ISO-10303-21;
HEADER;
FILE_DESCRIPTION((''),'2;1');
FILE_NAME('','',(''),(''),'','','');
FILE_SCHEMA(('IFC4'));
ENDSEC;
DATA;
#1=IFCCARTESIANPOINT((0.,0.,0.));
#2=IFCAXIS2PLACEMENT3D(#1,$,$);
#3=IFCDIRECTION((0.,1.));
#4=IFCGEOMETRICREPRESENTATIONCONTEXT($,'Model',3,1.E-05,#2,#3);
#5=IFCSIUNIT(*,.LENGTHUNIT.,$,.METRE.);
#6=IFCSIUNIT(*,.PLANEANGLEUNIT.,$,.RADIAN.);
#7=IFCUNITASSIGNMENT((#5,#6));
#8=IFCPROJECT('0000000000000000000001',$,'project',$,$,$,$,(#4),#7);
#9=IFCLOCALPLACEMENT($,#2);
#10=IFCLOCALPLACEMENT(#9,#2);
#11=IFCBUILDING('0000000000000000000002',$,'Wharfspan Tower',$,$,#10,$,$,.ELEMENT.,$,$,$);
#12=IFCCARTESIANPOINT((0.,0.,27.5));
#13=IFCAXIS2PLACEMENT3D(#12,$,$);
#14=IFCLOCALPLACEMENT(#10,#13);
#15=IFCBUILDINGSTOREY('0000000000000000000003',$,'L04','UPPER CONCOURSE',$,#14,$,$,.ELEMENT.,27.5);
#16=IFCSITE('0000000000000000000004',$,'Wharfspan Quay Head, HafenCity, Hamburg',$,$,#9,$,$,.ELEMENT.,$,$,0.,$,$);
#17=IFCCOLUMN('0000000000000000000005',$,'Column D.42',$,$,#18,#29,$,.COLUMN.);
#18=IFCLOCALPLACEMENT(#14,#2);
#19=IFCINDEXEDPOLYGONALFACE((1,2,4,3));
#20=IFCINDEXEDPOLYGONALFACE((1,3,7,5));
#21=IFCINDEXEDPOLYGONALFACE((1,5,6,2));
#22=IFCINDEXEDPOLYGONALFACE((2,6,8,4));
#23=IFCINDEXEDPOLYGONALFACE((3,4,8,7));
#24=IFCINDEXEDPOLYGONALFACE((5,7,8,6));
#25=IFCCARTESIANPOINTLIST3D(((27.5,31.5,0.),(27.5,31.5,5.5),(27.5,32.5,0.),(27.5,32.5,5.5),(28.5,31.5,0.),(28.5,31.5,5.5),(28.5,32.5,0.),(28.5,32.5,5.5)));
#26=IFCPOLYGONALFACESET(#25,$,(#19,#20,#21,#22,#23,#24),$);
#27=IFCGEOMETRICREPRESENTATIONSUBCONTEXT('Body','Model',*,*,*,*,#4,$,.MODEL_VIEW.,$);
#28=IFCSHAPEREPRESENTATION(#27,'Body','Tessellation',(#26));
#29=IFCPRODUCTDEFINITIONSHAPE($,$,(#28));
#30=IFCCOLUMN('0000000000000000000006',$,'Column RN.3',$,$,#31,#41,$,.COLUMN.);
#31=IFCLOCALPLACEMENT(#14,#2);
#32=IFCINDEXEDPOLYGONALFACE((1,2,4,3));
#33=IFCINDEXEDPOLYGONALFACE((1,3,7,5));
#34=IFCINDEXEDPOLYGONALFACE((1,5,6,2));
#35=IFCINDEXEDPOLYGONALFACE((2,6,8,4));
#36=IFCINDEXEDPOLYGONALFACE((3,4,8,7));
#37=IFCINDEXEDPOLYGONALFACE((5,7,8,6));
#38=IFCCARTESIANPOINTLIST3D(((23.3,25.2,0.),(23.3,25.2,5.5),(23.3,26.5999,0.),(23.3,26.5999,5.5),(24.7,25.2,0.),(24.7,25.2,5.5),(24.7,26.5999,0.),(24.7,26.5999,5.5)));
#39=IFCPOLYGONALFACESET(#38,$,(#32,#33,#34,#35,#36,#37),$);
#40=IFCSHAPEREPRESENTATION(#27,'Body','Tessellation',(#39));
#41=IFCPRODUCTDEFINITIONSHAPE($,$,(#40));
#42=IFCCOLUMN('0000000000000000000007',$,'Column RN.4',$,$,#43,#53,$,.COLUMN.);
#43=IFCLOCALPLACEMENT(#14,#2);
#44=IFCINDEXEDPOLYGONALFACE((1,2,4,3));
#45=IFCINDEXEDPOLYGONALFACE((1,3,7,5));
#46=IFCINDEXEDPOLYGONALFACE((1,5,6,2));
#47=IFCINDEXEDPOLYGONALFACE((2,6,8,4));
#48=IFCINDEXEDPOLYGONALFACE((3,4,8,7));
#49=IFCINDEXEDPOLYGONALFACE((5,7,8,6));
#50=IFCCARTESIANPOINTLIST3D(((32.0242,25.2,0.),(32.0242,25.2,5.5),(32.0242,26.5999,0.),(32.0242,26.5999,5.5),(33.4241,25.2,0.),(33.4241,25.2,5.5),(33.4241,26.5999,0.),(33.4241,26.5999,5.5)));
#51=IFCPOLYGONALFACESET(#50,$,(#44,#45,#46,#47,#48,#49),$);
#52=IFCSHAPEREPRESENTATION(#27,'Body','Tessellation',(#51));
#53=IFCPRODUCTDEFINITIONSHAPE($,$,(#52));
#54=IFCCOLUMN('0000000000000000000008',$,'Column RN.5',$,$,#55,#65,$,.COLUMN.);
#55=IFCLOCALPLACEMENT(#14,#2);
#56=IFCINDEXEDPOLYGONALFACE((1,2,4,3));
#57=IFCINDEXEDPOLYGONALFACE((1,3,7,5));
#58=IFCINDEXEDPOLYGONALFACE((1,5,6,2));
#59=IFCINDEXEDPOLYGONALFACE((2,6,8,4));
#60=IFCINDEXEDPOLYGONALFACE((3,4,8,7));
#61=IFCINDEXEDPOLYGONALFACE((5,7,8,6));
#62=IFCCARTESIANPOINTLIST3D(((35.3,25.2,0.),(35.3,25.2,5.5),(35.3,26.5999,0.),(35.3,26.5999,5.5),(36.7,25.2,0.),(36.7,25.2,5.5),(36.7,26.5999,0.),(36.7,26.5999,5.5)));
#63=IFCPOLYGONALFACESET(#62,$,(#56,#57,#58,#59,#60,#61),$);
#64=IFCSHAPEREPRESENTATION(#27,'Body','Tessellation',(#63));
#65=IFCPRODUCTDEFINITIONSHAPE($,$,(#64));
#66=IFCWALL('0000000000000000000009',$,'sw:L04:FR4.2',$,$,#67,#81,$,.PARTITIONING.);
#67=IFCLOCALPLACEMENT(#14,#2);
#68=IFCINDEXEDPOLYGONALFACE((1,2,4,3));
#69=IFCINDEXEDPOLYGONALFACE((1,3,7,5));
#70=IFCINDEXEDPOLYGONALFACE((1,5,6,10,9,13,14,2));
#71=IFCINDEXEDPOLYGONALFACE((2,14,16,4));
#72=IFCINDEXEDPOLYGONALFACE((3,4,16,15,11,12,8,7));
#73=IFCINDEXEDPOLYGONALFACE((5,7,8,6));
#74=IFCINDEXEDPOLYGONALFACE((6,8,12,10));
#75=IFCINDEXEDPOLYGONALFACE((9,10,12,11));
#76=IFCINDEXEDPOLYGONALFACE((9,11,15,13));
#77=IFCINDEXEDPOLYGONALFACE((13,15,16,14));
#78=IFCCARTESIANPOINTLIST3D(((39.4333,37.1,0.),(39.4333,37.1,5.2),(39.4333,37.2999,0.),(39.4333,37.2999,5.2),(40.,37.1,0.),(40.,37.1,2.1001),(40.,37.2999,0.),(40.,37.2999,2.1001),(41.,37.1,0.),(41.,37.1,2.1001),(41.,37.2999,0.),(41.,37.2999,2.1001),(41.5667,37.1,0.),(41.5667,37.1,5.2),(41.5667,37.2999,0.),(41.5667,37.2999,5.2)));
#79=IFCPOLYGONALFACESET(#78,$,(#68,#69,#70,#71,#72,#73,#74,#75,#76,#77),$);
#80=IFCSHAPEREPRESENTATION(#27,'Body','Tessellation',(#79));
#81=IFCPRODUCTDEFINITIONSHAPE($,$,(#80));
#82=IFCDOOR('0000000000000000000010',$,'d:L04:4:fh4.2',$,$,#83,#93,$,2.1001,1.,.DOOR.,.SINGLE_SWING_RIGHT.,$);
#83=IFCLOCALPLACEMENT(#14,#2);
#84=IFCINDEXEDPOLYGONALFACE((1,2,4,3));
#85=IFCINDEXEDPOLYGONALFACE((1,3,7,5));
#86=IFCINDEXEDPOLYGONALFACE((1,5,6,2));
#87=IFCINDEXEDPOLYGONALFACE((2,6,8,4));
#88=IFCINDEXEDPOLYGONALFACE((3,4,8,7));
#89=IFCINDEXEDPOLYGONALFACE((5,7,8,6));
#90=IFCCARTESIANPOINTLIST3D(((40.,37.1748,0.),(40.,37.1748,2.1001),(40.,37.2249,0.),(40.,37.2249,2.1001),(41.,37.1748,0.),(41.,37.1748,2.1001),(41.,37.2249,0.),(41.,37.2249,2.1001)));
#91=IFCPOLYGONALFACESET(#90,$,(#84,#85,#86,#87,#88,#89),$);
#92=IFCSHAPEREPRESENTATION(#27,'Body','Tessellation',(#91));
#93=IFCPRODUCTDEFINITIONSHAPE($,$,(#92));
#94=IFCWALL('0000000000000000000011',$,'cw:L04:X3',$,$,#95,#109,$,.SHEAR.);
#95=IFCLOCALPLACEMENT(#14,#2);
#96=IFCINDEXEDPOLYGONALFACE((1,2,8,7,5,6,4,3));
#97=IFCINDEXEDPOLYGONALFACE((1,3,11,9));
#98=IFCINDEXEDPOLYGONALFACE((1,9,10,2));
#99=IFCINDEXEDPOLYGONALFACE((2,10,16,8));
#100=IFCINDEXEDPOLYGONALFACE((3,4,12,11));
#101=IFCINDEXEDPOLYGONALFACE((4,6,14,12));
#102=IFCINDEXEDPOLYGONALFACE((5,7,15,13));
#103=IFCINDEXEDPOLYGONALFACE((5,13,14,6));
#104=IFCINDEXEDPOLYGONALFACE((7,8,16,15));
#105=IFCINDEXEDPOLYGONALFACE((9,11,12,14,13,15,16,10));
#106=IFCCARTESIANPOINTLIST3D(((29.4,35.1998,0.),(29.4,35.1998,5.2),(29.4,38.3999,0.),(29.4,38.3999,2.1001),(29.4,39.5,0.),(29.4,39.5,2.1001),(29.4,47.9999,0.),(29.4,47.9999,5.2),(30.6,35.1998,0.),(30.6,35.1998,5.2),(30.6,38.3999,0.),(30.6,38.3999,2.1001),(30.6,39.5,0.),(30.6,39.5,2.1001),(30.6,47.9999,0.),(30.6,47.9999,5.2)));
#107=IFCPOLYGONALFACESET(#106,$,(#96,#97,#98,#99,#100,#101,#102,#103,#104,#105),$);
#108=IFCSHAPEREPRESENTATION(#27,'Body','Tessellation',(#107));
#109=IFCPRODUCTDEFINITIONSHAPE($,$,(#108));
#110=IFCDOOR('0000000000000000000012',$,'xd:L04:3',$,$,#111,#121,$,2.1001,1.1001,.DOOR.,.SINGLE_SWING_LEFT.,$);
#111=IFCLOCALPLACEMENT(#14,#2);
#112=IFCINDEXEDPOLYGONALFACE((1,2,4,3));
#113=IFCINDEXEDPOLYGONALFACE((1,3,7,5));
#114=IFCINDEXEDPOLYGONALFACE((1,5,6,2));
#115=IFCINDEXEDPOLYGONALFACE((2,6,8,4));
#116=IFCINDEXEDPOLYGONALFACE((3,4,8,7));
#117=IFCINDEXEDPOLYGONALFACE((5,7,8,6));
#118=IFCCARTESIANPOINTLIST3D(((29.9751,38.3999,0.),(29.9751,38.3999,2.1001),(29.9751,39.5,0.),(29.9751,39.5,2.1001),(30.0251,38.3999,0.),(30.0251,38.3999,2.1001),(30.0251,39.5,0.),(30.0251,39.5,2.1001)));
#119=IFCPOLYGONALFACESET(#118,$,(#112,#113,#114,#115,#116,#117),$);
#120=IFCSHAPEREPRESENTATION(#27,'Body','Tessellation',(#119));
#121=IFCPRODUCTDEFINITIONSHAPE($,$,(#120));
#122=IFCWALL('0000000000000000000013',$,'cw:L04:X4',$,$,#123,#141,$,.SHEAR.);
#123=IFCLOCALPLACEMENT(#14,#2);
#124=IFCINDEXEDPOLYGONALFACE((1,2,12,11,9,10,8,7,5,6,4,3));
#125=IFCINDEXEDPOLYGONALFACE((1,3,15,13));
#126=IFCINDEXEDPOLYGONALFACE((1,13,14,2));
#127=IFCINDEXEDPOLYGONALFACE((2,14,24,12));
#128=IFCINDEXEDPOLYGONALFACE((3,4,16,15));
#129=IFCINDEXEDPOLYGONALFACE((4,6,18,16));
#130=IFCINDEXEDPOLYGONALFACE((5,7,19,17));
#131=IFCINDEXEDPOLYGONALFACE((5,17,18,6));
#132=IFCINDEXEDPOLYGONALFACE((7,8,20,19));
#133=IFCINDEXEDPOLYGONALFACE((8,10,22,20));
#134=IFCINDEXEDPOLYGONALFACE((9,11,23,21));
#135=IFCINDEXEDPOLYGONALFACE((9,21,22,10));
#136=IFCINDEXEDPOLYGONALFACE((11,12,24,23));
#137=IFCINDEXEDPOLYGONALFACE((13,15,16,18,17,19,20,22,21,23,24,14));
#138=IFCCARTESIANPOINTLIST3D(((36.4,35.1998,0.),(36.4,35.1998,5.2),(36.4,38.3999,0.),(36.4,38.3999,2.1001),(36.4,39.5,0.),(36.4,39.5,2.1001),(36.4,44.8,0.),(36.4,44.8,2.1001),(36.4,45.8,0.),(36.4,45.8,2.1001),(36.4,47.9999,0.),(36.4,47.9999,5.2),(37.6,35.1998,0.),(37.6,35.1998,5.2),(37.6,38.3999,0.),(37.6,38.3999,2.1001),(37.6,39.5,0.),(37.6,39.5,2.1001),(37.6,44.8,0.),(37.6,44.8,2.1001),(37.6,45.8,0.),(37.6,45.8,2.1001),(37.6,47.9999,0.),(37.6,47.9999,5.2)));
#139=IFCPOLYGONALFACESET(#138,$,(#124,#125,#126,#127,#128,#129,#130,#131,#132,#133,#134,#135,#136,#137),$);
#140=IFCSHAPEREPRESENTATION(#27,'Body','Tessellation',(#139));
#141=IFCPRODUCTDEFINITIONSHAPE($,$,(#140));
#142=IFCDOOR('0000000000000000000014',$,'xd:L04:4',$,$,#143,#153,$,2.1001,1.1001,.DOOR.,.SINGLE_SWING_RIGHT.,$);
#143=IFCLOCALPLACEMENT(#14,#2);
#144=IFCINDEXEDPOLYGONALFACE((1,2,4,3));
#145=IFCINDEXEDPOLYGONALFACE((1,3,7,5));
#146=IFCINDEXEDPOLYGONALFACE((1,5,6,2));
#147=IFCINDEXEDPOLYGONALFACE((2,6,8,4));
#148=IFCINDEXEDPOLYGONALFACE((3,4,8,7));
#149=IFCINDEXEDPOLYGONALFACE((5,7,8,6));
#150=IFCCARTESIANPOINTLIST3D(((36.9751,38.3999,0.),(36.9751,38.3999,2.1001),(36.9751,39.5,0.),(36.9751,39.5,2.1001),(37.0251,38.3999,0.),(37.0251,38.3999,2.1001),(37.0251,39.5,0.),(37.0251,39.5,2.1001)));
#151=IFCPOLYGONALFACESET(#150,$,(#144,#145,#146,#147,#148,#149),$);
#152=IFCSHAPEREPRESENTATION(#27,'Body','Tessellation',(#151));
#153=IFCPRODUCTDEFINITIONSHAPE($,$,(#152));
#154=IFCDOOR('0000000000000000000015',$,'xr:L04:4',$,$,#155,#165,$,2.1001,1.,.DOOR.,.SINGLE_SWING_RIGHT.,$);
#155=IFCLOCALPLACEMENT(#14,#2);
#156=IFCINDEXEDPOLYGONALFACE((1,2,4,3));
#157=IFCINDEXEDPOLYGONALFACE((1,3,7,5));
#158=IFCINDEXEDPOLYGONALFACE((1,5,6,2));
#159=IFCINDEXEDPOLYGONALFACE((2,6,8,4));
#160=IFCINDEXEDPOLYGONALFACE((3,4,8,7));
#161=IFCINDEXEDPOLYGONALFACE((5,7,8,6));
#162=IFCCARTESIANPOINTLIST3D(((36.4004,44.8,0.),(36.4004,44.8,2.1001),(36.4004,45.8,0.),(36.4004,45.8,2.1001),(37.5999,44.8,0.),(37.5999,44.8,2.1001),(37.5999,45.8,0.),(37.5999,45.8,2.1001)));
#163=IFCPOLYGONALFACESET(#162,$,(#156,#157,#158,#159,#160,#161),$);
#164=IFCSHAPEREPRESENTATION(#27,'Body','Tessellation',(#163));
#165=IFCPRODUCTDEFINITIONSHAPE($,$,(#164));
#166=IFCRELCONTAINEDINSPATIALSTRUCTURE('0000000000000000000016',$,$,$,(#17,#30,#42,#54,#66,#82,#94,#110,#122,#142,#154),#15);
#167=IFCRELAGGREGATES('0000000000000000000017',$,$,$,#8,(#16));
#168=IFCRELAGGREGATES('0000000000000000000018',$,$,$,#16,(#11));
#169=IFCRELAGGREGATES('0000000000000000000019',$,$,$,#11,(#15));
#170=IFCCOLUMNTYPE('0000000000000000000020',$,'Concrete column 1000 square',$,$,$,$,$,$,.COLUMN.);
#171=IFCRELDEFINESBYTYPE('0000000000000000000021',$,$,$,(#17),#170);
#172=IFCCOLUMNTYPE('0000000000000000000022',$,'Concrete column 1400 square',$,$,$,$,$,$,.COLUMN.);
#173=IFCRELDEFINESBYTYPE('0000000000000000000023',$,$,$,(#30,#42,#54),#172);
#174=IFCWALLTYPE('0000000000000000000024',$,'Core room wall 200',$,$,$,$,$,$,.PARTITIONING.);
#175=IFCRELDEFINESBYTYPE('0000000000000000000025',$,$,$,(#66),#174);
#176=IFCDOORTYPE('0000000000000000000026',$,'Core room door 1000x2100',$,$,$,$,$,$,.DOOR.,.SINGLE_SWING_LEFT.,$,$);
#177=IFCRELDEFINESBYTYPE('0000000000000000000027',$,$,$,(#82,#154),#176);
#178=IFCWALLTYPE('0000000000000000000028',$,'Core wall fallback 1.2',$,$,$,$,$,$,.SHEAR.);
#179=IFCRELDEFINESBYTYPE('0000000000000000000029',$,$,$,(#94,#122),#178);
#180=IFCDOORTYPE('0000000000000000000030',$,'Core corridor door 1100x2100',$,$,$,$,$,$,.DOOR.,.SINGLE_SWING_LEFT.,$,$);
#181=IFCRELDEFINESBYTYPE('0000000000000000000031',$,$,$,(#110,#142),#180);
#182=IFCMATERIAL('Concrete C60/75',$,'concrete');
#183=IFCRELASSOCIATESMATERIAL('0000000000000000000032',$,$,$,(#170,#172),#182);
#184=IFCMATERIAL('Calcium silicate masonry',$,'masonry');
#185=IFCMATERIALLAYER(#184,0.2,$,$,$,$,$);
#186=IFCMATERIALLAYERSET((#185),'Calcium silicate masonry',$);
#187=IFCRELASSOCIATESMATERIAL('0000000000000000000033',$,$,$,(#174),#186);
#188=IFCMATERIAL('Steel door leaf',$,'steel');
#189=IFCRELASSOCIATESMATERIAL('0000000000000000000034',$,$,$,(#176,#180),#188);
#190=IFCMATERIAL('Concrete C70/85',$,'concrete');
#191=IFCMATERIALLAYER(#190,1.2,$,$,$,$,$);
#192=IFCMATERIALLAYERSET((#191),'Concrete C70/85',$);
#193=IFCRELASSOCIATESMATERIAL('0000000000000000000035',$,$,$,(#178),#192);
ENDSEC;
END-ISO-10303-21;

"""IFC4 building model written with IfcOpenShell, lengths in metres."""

from ifc_helpers import new_model, si_unit, direction, frame, frame_2d, origin, origin_2d, place, context, subcontext, project, spatial, rectangle, extrude, material, layer, layer_set, material_profile, profile_set, type_object, element, fill, save


model = new_model("IFC4")

# Units and contexts
model_context = context("Model", 3, precision=1e-05, world=origin(), true_north=direction((0.0, 1.0)))
body_context = subcontext(model_context, "Body", "Model", "MODEL_VIEW")
ifc_project = project(units=[si_unit("LENGTHUNIT", "METRE"), si_unit("PLANEANGLEUNIT", "RADIAN")], contexts=[model_context])

# Site, building, storey
site_placement = place(None, origin())
site = spatial("IfcSite", under=ifc_project, at=site_placement, Name="Wharfspan Quay Head, HafenCity, Hamburg", CompositionType="ELEMENT", RefElevation=0.0)
building_placement = place(site_placement, origin())
building = spatial("IfcBuilding", under=site, at=building_placement, Name="Wharfspan Tower", CompositionType="ELEMENT")
storey_placement = place(building_placement, frame((0.0, 0.0, 27.5)))
storey = spatial("IfcBuildingStorey", under=building, at=storey_placement, Name="L04", Description="UPPER CONCOURSE", CompositionType="ELEMENT", Elevation=27.5)

# Columns
ifc_material_1 = material(Name="Concrete C60/75", Category="concrete")
ifc_material_profile_1 = material_profile(ifc_material_1, rectangle(XDim=1.0, YDim=1.0, at=origin_2d()))
ifc_profile_set_1 = profile_set([ifc_material_profile_1], Name="Concrete C60/75")
column_type_1 = type_object("IfcColumnType", Name="Concrete column 1000 square", PredefinedType="COLUMN", material=ifc_profile_set_1)
column_placement = place(storey_placement, frame((28.0, 32.0, 0.0), z_axis=(0.0, 0.0, 1.0), x_axis=(1.0, 0.0, 0.0)))
element("IfcColumn", 1, at=column_placement, inside=storey, type_object=column_type_1, Name="Column D.42", PredefinedType="COLUMN", context=body_context, shape_type="SweptSolid", body=[
    extrude(rectangle(XDim=1.0, YDim=1.0, at=origin_2d()), origin(), (0.0, 0.0, 1.0), 5.5),
])
ifc_material_profile_2 = material_profile(ifc_material_1, rectangle(XDim=1.3999, YDim=1.3999, at=origin_2d()))
ifc_profile_set_2 = profile_set([ifc_material_profile_2], Name="Concrete C60/75")
column_type_2 = type_object("IfcColumnType", Name="Concrete column 1400 square", PredefinedType="COLUMN", material=ifc_profile_set_2)
for number, where, z_axis, x_axis, name in (
    (2, (24.0, 25.8999, 0.0), (0.0, 0.0, 1.0), (1.0, 0.0, 0.0), "Column RN.3"),
    (3, (32.7241, 25.8999, 0.0), (0.0, 0.0, 1.0), (1.0, 0.0, 0.0), "Column RN.4"),
    (4, (36.0, 25.8999, 0.0), (0.0, 0.0, 1.0), (1.0, 0.0, 0.0), "Column RN.5"),
):
    element("IfcColumn", number, at=place(storey_placement, frame(where, z_axis=z_axis, x_axis=x_axis)), inside=storey, type_object=column_type_2, Name=name, PredefinedType="COLUMN", context=body_context, shape_type="SweptSolid", body=[
        extrude(rectangle(XDim=1.3999, YDim=1.3999, at=origin_2d()), origin(), (0.0, 0.0, 1.0), 5.5),
    ])

# Walls, openings, doors
ifc_material_2 = material(Name="Calcium silicate masonry", Category="masonry")
ifc_layer_1 = layer(ifc_material_2, 0.2)
ifc_layer_set_1 = layer_set([ifc_layer_1], Name="Calcium silicate masonry")
wall_type_1 = type_object("IfcWallType", Name="Core room wall 200", PredefinedType="PARTITIONING", material=ifc_layer_set_1)
wall_1_placement = place(storey_placement, frame((39.4333, 37.2, 0.0), z_axis=(0.0, 0.0, 1.0), x_axis=(1.0, 0.0, 0.0)))
wall_1 = element("IfcWall", 5, at=wall_1_placement, inside=storey, type_object=wall_type_1, Name="sw:L04:FR4.2", PredefinedType="PARTITIONING", context=body_context, shape_type="SweptSolid", body=[
    extrude(rectangle(XDim=2.1333, YDim=0.2, at=frame_2d((1.0667, 0.0))), origin(), (0.0, 0.0, 1.0), 5.2),
])
opening_1_placement = place(wall_1_placement, frame((0.5666, 0.0, 0.0)))
opening_1 = element("IfcOpeningElement", 6, at=opening_1_placement, cuts=wall_1, PredefinedType="OPENING", context=body_context, shape_type="SweptSolid", body=[
    extrude(rectangle(XDim=1.0, YDim=2.1001, at=frame_2d((0.5, 1.05))), frame((0.0, 0.1099, 0.0), z_axis=(0.0, -1.0, 0.0), x_axis=(1.0, 0.0, 0.0)), (0.0, 0.0, 1.0), 0.22),
])
ifc_material_3 = material(Name="Steel door leaf", Category="steel")
door_type_1 = type_object("IfcDoorType", Name="Core room door 1000x2100", OperationType="SINGLE_SWING_LEFT", PredefinedType="DOOR", material=ifc_material_3)
door_1_placement = place(opening_1_placement, origin())
door_1 = element("IfcDoor", 7, at=door_1_placement, inside=storey, type_object=door_type_1, Name="d:L04:4:fh4.2", OperationType="SINGLE_SWING_RIGHT", OverallHeight=2.1001, OverallWidth=1.0, PredefinedType="DOOR", context=body_context, shape_type="SweptSolid", body=[
    extrude(rectangle(XDim=1.0, YDim=2.1001, at=frame_2d((0.5, 1.05))), frame((0.0, 0.0249, 0.0), z_axis=(0.0, -1.0, 0.0), x_axis=(1.0, 0.0, 0.0)), (0.0, 0.0, 1.0), 0.05),
])
fill(opening_1, door_1)
ifc_material_4 = material(Name="Concrete C70/85", Category="concrete")
ifc_layer_2 = layer(ifc_material_4, 1.2)
ifc_layer_set_2 = layer_set([ifc_layer_2], Name="Concrete C70/85")
wall_type_2 = type_object("IfcWallType", Name="Core wall fallback 1.2", PredefinedType="SHEAR", material=ifc_layer_set_2)
wall_2_placement = place(storey_placement, frame((30.0, 35.2, 0.0), z_axis=(0.0, 0.0, 1.0), x_axis=(0.0, 1.0, 0.0)))
wall_2 = element("IfcWall", 8, at=wall_2_placement, inside=storey, type_object=wall_type_2, Name="cw:L04:X3", PredefinedType="SHEAR", context=body_context, shape_type="SweptSolid", body=[
    extrude(rectangle(XDim=12.8, YDim=1.2, at=frame_2d((6.3999, 0.0))), origin(), (0.0, 0.0, 1.0), 5.2),
])
opening_2_placement = place(wall_2_placement, frame((3.2, 0.0, 0.0)))
opening_2 = element("IfcOpeningElement", 9, at=opening_2_placement, cuts=wall_2, PredefinedType="OPENING", context=body_context, shape_type="SweptSolid", body=[
    extrude(rectangle(XDim=1.1001, YDim=2.1001, at=frame_2d((0.55, 1.05))), frame((0.0, 0.6099, 0.0), z_axis=(0.0, -1.0, 0.0), x_axis=(1.0, 0.0, 0.0)), (0.0, 0.0, 1.0), 1.22),
])
door_type_2 = type_object("IfcDoorType", Name="Core corridor door 1100x2100", OperationType="SINGLE_SWING_LEFT", PredefinedType="DOOR", material=ifc_material_3)
door_2_placement = place(opening_2_placement, origin())
door_2 = element("IfcDoor", 10, at=door_2_placement, inside=storey, type_object=door_type_2, Name="xd:L04:3", OperationType="SINGLE_SWING_LEFT", OverallHeight=2.1001, OverallWidth=1.1001, PredefinedType="DOOR", context=body_context, shape_type="SweptSolid", body=[
    extrude(rectangle(XDim=1.1001, YDim=2.1001, at=frame_2d((0.55, 1.05))), frame((0.0, 0.0249, 0.0), z_axis=(0.0, -1.0, 0.0), x_axis=(1.0, 0.0, 0.0)), (0.0, 0.0, 1.0), 0.05),
])
fill(opening_2, door_2)

# Wall, openings, doors
wall_3_placement = place(storey_placement, frame((37.0, 35.2, 0.0), z_axis=(0.0, 0.0, 1.0), x_axis=(0.0, 1.0, 0.0)))
wall_3 = element("IfcWall", 11, at=wall_3_placement, inside=storey, type_object=wall_type_2, Name="cw:L04:X4", PredefinedType="SHEAR", context=body_context, shape_type="SweptSolid", body=[
    extrude(rectangle(XDim=12.8, YDim=1.2, at=frame_2d((6.3999, 0.0))), origin(), (0.0, 0.0, 1.0), 5.2),
])
opening_3_placement = place(wall_3_placement, frame((3.2, 0.0, 0.0)))
opening_3 = element("IfcOpeningElement", 12, at=opening_3_placement, cuts=wall_3, PredefinedType="OPENING", context=body_context, shape_type="SweptSolid", body=[
    extrude(rectangle(XDim=1.1001, YDim=2.1001, at=frame_2d((0.55, 1.05))), frame((0.0, 0.6099, 0.0), z_axis=(0.0, -1.0, 0.0), x_axis=(1.0, 0.0, 0.0)), (0.0, 0.0, 1.0), 1.22),
])
opening_4_placement = place(wall_3_placement, frame((9.6001, 0.0, 0.0)))
opening_4 = element("IfcOpeningElement", 13, at=opening_4_placement, cuts=wall_3, PredefinedType="OPENING", context=body_context, shape_type="SweptSolid", body=[
    extrude(rectangle(XDim=1.0, YDim=2.1001, at=frame_2d((0.5, 1.05))), frame((0.0, 0.6099, 0.0), z_axis=(0.0, -1.0, 0.0), x_axis=(1.0, 0.0, 0.0)), (0.0, 0.0, 1.0), 1.22),
])
door_3_placement = place(opening_3_placement, origin())
door_3 = element("IfcDoor", 14, at=door_3_placement, inside=storey, type_object=door_type_2, Name="xd:L04:4", OperationType="SINGLE_SWING_RIGHT", OverallHeight=2.1001, OverallWidth=1.1001, PredefinedType="DOOR", context=body_context, shape_type="SweptSolid", body=[
    extrude(rectangle(XDim=1.1001, YDim=2.1001, at=frame_2d((0.55, 1.05))), frame((0.0, 0.0249, 0.0), z_axis=(0.0, -1.0, 0.0), x_axis=(1.0, 0.0, 0.0)), (0.0, 0.0, 1.0), 0.05),
])
fill(opening_3, door_3)
door_4_placement = place(opening_4_placement, origin())
door_4 = element("IfcDoor", 15, at=door_4_placement, inside=storey, type_object=door_type_1, Name="xr:L04:4", OperationType="SINGLE_SWING_RIGHT", OverallHeight=2.1001, OverallWidth=1.0, PredefinedType="DOOR", context=body_context, shape_type="SweptSolid", body=[
    extrude(rectangle(XDim=1.0, YDim=2.1001, at=frame_2d((0.5, 1.05))), frame((0.0, 0.5996, 0.0), z_axis=(0.0, -1.0, 0.0), x_axis=(1.0, 0.0, 0.0)), (0.0, 0.0, 1.0), 1.1995),
])
fill(opening_4, door_4)

save(model, "model.ifc")
